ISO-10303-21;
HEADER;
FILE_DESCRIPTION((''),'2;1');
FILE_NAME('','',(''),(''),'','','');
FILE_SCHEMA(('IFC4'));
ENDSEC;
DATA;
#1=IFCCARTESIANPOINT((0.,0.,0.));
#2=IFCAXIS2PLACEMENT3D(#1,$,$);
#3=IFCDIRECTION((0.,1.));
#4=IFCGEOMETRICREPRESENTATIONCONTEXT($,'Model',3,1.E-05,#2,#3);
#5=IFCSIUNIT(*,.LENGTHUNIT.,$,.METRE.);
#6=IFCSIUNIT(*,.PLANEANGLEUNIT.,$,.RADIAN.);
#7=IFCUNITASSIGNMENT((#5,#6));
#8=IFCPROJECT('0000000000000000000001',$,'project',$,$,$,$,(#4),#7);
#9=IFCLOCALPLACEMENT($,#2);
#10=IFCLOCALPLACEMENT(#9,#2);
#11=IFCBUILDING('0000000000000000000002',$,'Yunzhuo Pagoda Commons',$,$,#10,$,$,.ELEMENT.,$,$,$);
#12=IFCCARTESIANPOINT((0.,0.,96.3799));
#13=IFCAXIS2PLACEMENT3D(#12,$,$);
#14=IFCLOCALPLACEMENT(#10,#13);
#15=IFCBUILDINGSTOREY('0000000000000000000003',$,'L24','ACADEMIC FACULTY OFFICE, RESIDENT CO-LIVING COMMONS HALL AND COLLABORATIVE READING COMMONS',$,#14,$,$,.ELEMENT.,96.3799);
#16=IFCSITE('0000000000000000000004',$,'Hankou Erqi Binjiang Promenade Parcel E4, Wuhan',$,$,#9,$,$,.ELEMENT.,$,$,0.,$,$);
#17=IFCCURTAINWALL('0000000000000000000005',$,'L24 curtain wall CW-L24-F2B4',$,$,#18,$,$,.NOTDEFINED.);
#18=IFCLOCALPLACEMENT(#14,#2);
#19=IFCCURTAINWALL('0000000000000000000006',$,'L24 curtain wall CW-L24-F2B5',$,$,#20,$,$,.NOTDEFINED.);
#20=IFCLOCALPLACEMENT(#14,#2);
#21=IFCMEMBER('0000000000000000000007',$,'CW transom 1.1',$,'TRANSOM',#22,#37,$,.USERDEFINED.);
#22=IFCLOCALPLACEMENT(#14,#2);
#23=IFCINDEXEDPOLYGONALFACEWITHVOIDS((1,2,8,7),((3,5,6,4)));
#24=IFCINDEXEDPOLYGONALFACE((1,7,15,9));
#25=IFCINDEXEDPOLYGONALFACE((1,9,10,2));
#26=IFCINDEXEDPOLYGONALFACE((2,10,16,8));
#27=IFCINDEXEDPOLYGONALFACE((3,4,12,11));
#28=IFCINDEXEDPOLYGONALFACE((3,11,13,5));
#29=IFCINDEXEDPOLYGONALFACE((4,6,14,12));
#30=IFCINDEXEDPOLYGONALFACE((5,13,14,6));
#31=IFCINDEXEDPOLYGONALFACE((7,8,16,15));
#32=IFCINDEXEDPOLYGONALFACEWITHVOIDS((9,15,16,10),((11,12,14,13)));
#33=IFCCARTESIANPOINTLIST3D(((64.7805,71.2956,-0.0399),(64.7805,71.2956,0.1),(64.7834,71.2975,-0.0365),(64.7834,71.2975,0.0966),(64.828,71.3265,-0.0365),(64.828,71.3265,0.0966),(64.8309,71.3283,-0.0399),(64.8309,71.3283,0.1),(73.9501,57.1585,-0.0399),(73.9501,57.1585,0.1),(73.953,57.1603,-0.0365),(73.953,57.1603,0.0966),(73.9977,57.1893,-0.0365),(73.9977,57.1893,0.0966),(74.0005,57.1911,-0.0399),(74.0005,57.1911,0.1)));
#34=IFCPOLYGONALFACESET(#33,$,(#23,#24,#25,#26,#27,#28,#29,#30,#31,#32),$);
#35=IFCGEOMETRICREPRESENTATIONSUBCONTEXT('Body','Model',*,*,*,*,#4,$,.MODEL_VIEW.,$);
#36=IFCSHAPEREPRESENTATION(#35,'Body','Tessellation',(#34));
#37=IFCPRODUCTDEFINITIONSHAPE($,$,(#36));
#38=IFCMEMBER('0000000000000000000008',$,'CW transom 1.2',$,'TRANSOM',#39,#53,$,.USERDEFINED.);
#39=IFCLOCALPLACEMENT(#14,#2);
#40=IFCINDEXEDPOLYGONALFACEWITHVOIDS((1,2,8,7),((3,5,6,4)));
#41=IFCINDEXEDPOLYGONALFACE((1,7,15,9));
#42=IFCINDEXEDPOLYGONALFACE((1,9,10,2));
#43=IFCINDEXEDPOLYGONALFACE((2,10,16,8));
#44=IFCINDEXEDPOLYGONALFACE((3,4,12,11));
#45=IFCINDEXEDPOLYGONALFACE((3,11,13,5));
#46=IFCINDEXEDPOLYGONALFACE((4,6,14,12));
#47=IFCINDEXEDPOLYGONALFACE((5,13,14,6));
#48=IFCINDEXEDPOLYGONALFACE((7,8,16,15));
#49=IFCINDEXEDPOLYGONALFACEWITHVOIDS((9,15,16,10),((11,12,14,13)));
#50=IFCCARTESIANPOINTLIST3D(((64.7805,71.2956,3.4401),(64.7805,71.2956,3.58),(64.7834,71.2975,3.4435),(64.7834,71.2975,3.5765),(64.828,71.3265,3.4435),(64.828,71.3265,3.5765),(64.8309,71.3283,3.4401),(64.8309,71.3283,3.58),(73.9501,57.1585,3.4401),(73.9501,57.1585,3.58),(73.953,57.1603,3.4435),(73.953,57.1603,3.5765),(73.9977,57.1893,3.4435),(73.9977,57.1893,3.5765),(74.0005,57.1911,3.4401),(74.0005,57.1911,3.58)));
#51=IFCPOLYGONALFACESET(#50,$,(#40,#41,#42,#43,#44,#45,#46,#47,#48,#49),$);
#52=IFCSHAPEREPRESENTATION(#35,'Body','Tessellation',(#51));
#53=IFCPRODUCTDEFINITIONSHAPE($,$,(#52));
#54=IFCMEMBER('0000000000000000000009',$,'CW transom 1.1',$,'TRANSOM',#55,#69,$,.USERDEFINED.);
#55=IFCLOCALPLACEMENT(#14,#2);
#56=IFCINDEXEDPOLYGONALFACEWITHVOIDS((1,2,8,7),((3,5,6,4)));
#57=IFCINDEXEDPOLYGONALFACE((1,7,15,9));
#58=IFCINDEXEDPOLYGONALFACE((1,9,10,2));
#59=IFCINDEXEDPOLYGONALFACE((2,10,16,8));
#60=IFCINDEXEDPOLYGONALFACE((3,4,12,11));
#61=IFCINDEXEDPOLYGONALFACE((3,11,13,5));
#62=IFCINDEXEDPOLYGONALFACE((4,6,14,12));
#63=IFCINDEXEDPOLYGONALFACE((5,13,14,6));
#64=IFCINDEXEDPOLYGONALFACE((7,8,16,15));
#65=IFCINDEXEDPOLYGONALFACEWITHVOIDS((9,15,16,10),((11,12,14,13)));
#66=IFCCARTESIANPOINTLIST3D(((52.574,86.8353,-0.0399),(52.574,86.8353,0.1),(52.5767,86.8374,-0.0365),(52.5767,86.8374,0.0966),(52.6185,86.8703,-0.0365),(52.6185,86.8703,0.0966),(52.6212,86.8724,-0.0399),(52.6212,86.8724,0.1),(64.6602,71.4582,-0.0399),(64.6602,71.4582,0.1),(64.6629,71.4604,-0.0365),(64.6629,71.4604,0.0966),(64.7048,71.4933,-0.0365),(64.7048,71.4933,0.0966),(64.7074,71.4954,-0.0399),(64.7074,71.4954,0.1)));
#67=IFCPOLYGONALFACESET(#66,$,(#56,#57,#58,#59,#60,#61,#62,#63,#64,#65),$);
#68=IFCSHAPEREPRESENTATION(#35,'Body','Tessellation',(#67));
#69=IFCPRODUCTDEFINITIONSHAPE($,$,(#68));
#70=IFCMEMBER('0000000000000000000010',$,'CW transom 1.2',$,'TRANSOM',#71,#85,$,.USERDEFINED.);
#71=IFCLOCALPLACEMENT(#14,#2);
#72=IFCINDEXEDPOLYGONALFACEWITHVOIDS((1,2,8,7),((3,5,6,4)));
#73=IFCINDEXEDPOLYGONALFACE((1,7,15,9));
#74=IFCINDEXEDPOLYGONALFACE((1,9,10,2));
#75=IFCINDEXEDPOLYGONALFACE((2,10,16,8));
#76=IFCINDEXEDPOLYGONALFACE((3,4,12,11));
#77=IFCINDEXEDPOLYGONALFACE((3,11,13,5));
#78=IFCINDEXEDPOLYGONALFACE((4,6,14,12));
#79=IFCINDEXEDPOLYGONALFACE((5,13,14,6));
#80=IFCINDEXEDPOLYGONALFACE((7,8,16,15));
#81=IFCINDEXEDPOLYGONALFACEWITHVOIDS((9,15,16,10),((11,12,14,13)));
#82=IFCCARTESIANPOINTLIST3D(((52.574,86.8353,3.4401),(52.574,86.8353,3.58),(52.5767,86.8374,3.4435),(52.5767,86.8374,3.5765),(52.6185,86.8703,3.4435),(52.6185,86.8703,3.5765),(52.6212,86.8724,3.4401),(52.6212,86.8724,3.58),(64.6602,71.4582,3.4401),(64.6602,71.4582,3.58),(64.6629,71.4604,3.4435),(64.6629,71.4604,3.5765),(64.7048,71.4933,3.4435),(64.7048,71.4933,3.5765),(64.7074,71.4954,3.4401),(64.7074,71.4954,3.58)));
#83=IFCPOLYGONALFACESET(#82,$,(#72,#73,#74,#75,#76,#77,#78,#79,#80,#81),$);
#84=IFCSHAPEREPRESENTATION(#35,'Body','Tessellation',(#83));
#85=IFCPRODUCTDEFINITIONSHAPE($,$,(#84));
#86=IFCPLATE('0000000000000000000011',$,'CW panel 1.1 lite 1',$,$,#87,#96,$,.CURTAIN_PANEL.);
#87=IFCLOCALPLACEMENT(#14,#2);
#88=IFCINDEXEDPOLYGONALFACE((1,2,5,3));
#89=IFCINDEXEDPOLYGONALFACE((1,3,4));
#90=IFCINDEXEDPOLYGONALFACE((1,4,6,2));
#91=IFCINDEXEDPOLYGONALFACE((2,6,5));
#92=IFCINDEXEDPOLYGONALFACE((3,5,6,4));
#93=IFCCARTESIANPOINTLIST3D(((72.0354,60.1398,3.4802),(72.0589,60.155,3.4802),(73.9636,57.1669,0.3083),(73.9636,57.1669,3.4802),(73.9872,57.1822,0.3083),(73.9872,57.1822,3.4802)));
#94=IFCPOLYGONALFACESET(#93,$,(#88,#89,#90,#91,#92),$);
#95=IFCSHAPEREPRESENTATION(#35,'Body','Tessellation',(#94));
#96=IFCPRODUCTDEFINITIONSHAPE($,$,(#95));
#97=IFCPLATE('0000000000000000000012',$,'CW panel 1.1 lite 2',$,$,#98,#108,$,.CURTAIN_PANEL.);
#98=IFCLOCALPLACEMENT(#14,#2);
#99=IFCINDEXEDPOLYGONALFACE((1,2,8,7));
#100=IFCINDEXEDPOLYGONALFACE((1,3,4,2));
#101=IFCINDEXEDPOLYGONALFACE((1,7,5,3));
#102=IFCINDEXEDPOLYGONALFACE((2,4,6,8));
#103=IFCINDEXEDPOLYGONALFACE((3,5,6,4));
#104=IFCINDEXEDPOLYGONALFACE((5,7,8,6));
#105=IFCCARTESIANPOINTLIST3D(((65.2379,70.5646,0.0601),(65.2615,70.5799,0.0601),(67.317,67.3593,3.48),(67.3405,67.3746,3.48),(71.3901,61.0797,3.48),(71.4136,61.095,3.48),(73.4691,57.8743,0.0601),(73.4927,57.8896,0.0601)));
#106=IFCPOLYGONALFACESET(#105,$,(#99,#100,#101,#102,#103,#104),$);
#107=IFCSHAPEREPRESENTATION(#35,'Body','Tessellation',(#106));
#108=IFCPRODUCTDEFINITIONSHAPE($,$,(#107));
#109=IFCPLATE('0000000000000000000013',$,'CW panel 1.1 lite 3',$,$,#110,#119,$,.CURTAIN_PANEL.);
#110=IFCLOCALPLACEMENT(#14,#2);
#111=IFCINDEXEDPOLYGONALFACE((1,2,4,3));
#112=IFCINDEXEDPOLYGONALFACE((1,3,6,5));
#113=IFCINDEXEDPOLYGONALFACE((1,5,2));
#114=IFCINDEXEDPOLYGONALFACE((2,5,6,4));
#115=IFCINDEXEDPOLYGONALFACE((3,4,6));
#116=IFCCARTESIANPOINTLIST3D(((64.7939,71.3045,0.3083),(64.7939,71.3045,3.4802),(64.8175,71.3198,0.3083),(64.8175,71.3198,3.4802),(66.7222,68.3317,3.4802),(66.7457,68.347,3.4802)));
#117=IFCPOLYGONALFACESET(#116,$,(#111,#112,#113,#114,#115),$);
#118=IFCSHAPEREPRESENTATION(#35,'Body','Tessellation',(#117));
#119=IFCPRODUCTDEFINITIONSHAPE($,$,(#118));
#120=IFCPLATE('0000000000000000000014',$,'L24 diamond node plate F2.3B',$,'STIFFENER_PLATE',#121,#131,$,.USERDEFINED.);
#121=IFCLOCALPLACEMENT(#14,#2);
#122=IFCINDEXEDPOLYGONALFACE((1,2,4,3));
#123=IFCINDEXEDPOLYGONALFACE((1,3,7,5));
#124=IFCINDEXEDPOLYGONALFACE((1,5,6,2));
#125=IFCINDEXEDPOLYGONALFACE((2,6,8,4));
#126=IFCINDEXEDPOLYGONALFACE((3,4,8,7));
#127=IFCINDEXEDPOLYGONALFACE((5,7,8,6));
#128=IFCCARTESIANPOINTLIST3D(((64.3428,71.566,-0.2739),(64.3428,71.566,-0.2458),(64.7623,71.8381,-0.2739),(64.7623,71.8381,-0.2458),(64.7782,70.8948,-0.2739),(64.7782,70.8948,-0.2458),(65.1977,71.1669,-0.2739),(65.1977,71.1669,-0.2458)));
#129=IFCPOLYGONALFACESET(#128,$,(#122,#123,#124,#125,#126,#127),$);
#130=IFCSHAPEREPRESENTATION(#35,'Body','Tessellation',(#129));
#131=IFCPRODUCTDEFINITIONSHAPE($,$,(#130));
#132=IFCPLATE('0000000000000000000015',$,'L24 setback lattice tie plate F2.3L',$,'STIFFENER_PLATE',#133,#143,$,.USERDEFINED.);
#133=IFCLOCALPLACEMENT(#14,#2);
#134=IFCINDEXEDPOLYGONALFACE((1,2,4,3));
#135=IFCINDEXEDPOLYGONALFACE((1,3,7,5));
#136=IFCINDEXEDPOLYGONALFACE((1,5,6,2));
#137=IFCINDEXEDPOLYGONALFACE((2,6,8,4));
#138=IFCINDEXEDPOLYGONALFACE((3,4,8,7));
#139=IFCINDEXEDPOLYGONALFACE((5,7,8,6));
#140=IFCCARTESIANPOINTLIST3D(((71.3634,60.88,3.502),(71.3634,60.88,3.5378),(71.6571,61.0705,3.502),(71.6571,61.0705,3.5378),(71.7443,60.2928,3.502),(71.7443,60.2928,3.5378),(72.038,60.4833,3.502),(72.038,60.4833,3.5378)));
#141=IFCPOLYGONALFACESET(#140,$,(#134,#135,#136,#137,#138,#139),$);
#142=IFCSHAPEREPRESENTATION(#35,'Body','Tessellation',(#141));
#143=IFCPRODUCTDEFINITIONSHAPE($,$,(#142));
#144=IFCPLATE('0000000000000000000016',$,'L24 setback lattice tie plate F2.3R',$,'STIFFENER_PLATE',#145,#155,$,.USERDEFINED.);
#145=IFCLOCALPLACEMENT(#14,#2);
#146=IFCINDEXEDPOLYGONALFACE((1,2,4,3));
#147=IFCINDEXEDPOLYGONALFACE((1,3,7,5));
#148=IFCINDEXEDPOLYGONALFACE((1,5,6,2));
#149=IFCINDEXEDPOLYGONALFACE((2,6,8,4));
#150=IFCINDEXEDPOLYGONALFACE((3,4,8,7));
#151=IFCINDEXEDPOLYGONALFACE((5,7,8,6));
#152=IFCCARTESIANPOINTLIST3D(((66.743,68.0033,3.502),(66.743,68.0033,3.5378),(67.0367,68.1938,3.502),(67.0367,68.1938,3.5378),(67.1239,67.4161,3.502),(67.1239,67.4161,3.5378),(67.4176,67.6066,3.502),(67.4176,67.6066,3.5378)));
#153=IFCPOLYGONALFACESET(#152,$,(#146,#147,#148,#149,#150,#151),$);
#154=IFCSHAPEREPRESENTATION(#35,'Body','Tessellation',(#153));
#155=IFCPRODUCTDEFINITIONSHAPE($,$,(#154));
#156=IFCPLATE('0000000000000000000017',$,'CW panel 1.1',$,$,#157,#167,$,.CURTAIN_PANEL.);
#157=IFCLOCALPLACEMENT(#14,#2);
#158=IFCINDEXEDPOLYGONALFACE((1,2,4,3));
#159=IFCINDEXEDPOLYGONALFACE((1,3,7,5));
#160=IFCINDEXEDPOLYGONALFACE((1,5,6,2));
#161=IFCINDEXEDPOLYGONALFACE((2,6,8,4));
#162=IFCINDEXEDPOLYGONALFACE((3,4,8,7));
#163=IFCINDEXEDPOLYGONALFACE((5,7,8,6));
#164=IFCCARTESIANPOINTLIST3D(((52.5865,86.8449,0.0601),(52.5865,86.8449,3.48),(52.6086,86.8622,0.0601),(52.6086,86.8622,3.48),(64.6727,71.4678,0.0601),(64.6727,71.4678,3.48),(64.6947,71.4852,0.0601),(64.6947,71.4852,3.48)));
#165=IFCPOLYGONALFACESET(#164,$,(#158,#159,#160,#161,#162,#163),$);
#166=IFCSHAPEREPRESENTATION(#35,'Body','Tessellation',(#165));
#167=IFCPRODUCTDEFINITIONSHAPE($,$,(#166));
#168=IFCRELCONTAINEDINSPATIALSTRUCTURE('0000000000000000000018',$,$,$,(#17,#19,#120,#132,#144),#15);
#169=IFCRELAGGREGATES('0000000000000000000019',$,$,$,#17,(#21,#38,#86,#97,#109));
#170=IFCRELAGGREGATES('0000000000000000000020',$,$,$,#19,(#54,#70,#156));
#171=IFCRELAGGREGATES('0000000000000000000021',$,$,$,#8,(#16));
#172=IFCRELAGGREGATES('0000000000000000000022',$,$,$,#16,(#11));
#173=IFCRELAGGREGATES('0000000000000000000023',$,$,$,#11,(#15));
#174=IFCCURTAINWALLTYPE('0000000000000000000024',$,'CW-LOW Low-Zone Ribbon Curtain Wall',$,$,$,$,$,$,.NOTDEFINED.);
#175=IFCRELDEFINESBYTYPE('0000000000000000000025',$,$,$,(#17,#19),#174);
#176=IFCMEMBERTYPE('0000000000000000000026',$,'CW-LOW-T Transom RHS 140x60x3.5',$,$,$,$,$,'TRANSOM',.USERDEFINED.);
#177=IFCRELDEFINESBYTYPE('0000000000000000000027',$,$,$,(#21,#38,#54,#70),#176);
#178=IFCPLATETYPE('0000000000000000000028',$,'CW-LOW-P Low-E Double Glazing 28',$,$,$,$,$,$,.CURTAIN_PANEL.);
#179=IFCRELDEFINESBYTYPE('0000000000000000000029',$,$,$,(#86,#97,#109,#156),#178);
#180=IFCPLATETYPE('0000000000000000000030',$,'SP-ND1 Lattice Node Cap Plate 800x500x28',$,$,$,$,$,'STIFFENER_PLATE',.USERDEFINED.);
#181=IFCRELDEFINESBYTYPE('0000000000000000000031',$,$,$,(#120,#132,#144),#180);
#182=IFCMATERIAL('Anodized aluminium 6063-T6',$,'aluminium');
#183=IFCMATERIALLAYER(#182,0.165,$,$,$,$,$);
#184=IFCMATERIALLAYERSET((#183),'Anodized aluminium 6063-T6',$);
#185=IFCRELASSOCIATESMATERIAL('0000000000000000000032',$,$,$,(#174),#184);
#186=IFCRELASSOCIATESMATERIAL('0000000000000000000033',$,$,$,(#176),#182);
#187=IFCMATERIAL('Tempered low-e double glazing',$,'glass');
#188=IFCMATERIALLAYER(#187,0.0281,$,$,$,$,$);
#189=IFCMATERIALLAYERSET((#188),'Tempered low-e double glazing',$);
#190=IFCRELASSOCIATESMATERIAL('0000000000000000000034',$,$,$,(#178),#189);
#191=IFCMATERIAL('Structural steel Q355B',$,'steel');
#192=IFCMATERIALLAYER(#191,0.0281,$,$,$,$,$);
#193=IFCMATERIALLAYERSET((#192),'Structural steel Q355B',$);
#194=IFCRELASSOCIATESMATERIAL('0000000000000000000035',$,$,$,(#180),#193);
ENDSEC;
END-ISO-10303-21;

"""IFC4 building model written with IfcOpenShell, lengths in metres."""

from ifc_helpers import new_model, si_unit, direction, frame, origin, origin_2d, place, context, subcontext, project, spatial, polyline, rectangle, hollow_rectangle, outline, extrude, source, transform, mapped, material, layer, layer_set, material_profile, profile_set, type_object, element, aggregate, save


model = new_model("IFC4")

# Units and contexts
model_context = context("Model", 3, precision=1e-05, world=origin(), true_north=direction((0.0, 1.0)))
body_context = subcontext(model_context, "Body", "Model", "MODEL_VIEW")
ifc_project = project(units=[si_unit("LENGTHUNIT", "METRE"), si_unit("PLANEANGLEUNIT", "RADIAN")], contexts=[model_context])

# Site, building, storey
site_placement = place(None, origin())
site = spatial("IfcSite", under=ifc_project, at=site_placement, Name="Hankou Erqi Binjiang Promenade Parcel E4, Wuhan", CompositionType="ELEMENT", RefElevation=0.0)
building_placement = place(site_placement, origin())
building = spatial("IfcBuilding", under=site, at=building_placement, Name="Yunzhuo Pagoda Commons", CompositionType="ELEMENT")
storey_placement = place(building_placement, frame((0.0, 0.0, 96.3799)))
storey = spatial("IfcBuildingStorey", under=building, at=storey_placement, Name="L24", Description="ACADEMIC FACULTY OFFICE, RESIDENT CO-LIVING COMMONS HALL AND COLLABORATIVE READING COMMONS", CompositionType="ELEMENT", Elevation=96.3799)

# Shared definitions
ifc_material_1 = material(Name="Structural steel Q355B", Category="steel")

# Curtain wall
ifc_material_2 = material(Name="Anodized aluminium 6063-T6", Category="aluminium")
ifc_layer_1 = layer(ifc_material_2, 0.165)
ifc_layer_set_1 = layer_set([ifc_layer_1], Name="Anodized aluminium 6063-T6")
curtain_wall_type = type_object("IfcCurtainWallType", Name="CW-LOW Low-Zone Ribbon Curtain Wall", PredefinedType="NOTDEFINED", material=ifc_layer_set_1)
curtain_wall_1_placement = place(storey_placement, origin())
curtain_wall_1 = element("IfcCurtainWall", 1, at=curtain_wall_1_placement, inside=storey, type_object=curtain_wall_type, Name="L24 curtain wall CW-L24-F2B4", PredefinedType="NOTDEFINED")

# Curtain wall
curtain_wall_2_placement = place(storey_placement, origin())
curtain_wall_2 = element("IfcCurtainWall", 2, at=curtain_wall_2_placement, inside=storey, type_object=curtain_wall_type, Name="L24 curtain wall CW-L24-F2B5", PredefinedType="NOTDEFINED")

# Members
ifc_material_profile_1 = material_profile(ifc_material_2, hollow_rectangle(XDim=0.0601, YDim=0.1399, WallThickness=0.0034, at=origin_2d()), Name="Anodized aluminium 6063-T6")
ifc_profile_set_1 = profile_set([ifc_material_profile_1], Name="Anodized aluminium 6063-T6")
member_type_1 = type_object("IfcMemberType", Name="CW-LOW-T Transom RHS 140x60x3.5", ElementType="TRANSOM", PredefinedType="USERDEFINED", material=ifc_profile_set_1)
shared_shape_1 = source(origin(), body_context, "Body", "SweptSolid", [
    extrude(hollow_rectangle(XDim=0.0601, YDim=0.1399, WallThickness=0.0034, at=origin_2d()), origin(), (0.0, 0.0, 1.0), 16.8506),
])
member_1_placement = place(storey_placement, frame((73.9753, 57.1748, 0.03), z_axis=(-0.544174, 0.838972, 0.0), x_axis=(-0.838972, -0.544174, 0.0)))
member_1 = element("IfcMember", 3, at=member_1_placement, type_object=member_type_1, Name="CW transom 1.1", ObjectType="TRANSOM", PredefinedType="USERDEFINED", context=body_context, shape_type="MappedRepresentation", body=[
    mapped(shared_shape_1, transform((0.0, 0.0, 0.0), scale=1.0)),
])
member_2_placement = place(storey_placement, frame((73.9753, 57.1748, 3.51), z_axis=(-0.544174, 0.838972, 0.0), x_axis=(-0.838972, -0.544174, 0.0)))
member_2 = element("IfcMember", 4, at=member_2_placement, type_object=member_type_1, Name="CW transom 1.2", ObjectType="TRANSOM", PredefinedType="USERDEFINED", context=body_context, shape_type="MappedRepresentation", body=[
    mapped(shared_shape_1, transform((0.0, 0.0, 0.0), scale=1.0)),
])
shared_shape_2 = source(origin(), body_context, "Body", "SweptSolid", [
    extrude(hollow_rectangle(XDim=0.0601, YDim=0.1399, WallThickness=0.0034, at=origin_2d()), origin(), (0.0, 0.0, 1.0), 19.5583),
])
member_3_placement = place(storey_placement, frame((64.6838, 71.4768, 0.03), z_axis=(-0.617957, 0.786212, 0.0), x_axis=(-0.786212, -0.617957, 0.0)))
member_3 = element("IfcMember", 5, at=member_3_placement, type_object=member_type_1, Name="CW transom 1.1", ObjectType="TRANSOM", PredefinedType="USERDEFINED", context=body_context, shape_type="MappedRepresentation", body=[
    mapped(shared_shape_2, transform((0.0, 0.0, 0.0), scale=1.0)),
])
member_4_placement = place(storey_placement, frame((64.6838, 71.4768, 3.51), z_axis=(-0.617957, 0.786212, 0.0), x_axis=(-0.786212, -0.617957, 0.0)))
member_4 = element("IfcMember", 6, at=member_4_placement, type_object=member_type_1, Name="CW transom 1.2", ObjectType="TRANSOM", PredefinedType="USERDEFINED", context=body_context, shape_type="MappedRepresentation", body=[
    mapped(shared_shape_2, transform((0.0, 0.0, 0.0), scale=1.0)),
])

# Plates
ifc_material_3 = material(Name="Tempered low-e double glazing", Category="glass")
ifc_layer_2 = layer(ifc_material_3, 0.0281)
ifc_layer_set_2 = layer_set([ifc_layer_2], Name="Tempered low-e double glazing")
plate_type_1 = type_object("IfcPlateType", Name="CW-LOW-P Low-E Double Glazing 28", PredefinedType="CURTAIN_PANEL", material=ifc_layer_set_2)
plate_1_placement = place(storey_placement, frame((72.9995, 58.6533, 1.8943), z_axis=(0.838972, 0.544174, 0.0), x_axis=(-0.544174, 0.838972, 0.0)))
plate_1 = element("IfcPlate", 7, at=plate_1_placement, type_object=plate_type_1, Name="CW panel 1.1 lite 1", PredefinedType="CURTAIN_PANEL", context=body_context, shape_type="SweptSolid", body=[
    extrude(outline(polyline([(-1.7717, -1.5859), (1.7717, 1.5859), (-1.7717, 1.5859), (-1.7717, -1.5859)])), origin(), (0.0, 0.0, 1.0), 0.0281),
])
plate_2_placement = place(storey_placement, frame((69.3535, 64.2195, 1.77), z_axis=(0.838972, 0.544174, 0.0), x_axis=(-0.544174, 0.838972, 0.0)))
plate_2 = element("IfcPlate", 8, at=plate_2_placement, type_object=plate_type_1, Name="CW panel 1.1 lite 2", PredefinedType="CURTAIN_PANEL", context=body_context, shape_type="SweptSolid", body=[
    extrude(outline(polyline([(-7.563, -1.71), (7.563, -1.71), (3.7424, 1.71), (-3.7424, 1.71), (-7.563, -1.71)])), origin(), (0.0, 0.0, 1.0), 0.0281),
])
plate_3_placement = place(storey_placement, frame((65.7581, 69.8181, 1.8943), z_axis=(0.838972, 0.544174, 0.0), x_axis=(-0.544174, 0.838972, 0.0)))
plate_3 = element("IfcPlate", 9, at=plate_3_placement, type_object=plate_type_1, Name="CW panel 1.1 lite 3", PredefinedType="CURTAIN_PANEL", context=body_context, shape_type="SweptSolid", body=[
    extrude(outline(polyline([(-1.7717, 1.5859), (1.7717, -1.5859), (1.7717, 1.5859), (-1.7717, 1.5859)])), origin(), (0.0, 0.0, 1.0), 0.0281),
])
aggregate(curtain_wall_1, [member_1, member_2, plate_1, plate_2, plate_3])

# Plates
ifc_layer_3 = layer(ifc_material_1, 0.0281)
ifc_layer_set_3 = layer_set([ifc_layer_3], Name="Structural steel Q355B")
plate_type_2 = type_object("IfcPlateType", Name="SP-ND1 Lattice Node Cap Plate 800x500x28", ElementType="STIFFENER_PLATE", PredefinedType="USERDEFINED", material=ifc_layer_set_3)
shared_shape_3 = source(origin(), body_context, "Body", "SweptSolid", [
    extrude(rectangle(XDim=0.8, YDim=0.5, at=origin_2d()), origin(), (0.0, 0.0, 1.0), 0.0281),
])
plate_4_placement = place(storey_placement, frame((64.7703, 71.3665, -0.2739), z_axis=(0.0, 0.0, 1.0), x_axis=(-0.544171, 0.838975, 0.0)))
element("IfcPlate", 10, at=plate_4_placement, inside=storey, type_object=plate_type_2, Name="L24 diamond node plate F2.3B", ObjectType="STIFFENER_PLATE", PredefinedType="USERDEFINED", context=body_context, shape_type="MappedRepresentation", body=[
    mapped(shared_shape_3, transform((0.0, 0.0, 0.0), scale=1.0)),
])
shared_shape_4 = source(origin(), body_context, "Body", "SweptSolid", [
    extrude(rectangle(XDim=0.7, YDim=0.3501, at=origin_2d()), origin(), (0.0, 0.0, 1.0), 0.0359),
])
for number, where, z_axis, x_axis, name in (
    (11, (71.7007, 60.6816, 3.502), (0.0, 0.0, 1.0), (-0.544171, 0.838975, 0.0), "L24 setback lattice tie plate F2.3L"),
    (12, (67.0803, 67.8049, 3.502), (0.0, 0.0, 1.0), (-0.544171, 0.838975, 0.0), "L24 setback lattice tie plate F2.3R"),
):
    element("IfcPlate", number, at=place(storey_placement, frame(where, z_axis=z_axis, x_axis=x_axis)), inside=storey, type_object=plate_type_2, Name=name, ObjectType="STIFFENER_PLATE", PredefinedType="USERDEFINED", context=body_context, shape_type="MappedRepresentation", body=[
        mapped(shared_shape_4, transform((0.0, 0.0, 0.0), scale=1.0)),
    ])

# Plate
shared_shape_5 = source(origin(), body_context, "Body", "SweptSolid", [
    extrude(rectangle(XDim=19.5583, YDim=0.0281, at=origin_2d()), origin(), (0.0, 0.0, 1.0), 3.4199),
])
plate_5_placement = place(storey_placement, frame((58.6406, 79.165, 0.0601), z_axis=(0.0, 0.0, 1.0), x_axis=(-0.617953, 0.786215, 0.0)))
plate_5 = element("IfcPlate", 13, at=plate_5_placement, type_object=plate_type_1, Name="CW panel 1.1", PredefinedType="CURTAIN_PANEL", context=body_context, shape_type="MappedRepresentation", body=[
    mapped(shared_shape_5, transform((0.0, 0.0, 0.0), scale=1.0)),
])
aggregate(curtain_wall_2, [member_3, member_4, plate_5])

save(model, "model.ifc")
